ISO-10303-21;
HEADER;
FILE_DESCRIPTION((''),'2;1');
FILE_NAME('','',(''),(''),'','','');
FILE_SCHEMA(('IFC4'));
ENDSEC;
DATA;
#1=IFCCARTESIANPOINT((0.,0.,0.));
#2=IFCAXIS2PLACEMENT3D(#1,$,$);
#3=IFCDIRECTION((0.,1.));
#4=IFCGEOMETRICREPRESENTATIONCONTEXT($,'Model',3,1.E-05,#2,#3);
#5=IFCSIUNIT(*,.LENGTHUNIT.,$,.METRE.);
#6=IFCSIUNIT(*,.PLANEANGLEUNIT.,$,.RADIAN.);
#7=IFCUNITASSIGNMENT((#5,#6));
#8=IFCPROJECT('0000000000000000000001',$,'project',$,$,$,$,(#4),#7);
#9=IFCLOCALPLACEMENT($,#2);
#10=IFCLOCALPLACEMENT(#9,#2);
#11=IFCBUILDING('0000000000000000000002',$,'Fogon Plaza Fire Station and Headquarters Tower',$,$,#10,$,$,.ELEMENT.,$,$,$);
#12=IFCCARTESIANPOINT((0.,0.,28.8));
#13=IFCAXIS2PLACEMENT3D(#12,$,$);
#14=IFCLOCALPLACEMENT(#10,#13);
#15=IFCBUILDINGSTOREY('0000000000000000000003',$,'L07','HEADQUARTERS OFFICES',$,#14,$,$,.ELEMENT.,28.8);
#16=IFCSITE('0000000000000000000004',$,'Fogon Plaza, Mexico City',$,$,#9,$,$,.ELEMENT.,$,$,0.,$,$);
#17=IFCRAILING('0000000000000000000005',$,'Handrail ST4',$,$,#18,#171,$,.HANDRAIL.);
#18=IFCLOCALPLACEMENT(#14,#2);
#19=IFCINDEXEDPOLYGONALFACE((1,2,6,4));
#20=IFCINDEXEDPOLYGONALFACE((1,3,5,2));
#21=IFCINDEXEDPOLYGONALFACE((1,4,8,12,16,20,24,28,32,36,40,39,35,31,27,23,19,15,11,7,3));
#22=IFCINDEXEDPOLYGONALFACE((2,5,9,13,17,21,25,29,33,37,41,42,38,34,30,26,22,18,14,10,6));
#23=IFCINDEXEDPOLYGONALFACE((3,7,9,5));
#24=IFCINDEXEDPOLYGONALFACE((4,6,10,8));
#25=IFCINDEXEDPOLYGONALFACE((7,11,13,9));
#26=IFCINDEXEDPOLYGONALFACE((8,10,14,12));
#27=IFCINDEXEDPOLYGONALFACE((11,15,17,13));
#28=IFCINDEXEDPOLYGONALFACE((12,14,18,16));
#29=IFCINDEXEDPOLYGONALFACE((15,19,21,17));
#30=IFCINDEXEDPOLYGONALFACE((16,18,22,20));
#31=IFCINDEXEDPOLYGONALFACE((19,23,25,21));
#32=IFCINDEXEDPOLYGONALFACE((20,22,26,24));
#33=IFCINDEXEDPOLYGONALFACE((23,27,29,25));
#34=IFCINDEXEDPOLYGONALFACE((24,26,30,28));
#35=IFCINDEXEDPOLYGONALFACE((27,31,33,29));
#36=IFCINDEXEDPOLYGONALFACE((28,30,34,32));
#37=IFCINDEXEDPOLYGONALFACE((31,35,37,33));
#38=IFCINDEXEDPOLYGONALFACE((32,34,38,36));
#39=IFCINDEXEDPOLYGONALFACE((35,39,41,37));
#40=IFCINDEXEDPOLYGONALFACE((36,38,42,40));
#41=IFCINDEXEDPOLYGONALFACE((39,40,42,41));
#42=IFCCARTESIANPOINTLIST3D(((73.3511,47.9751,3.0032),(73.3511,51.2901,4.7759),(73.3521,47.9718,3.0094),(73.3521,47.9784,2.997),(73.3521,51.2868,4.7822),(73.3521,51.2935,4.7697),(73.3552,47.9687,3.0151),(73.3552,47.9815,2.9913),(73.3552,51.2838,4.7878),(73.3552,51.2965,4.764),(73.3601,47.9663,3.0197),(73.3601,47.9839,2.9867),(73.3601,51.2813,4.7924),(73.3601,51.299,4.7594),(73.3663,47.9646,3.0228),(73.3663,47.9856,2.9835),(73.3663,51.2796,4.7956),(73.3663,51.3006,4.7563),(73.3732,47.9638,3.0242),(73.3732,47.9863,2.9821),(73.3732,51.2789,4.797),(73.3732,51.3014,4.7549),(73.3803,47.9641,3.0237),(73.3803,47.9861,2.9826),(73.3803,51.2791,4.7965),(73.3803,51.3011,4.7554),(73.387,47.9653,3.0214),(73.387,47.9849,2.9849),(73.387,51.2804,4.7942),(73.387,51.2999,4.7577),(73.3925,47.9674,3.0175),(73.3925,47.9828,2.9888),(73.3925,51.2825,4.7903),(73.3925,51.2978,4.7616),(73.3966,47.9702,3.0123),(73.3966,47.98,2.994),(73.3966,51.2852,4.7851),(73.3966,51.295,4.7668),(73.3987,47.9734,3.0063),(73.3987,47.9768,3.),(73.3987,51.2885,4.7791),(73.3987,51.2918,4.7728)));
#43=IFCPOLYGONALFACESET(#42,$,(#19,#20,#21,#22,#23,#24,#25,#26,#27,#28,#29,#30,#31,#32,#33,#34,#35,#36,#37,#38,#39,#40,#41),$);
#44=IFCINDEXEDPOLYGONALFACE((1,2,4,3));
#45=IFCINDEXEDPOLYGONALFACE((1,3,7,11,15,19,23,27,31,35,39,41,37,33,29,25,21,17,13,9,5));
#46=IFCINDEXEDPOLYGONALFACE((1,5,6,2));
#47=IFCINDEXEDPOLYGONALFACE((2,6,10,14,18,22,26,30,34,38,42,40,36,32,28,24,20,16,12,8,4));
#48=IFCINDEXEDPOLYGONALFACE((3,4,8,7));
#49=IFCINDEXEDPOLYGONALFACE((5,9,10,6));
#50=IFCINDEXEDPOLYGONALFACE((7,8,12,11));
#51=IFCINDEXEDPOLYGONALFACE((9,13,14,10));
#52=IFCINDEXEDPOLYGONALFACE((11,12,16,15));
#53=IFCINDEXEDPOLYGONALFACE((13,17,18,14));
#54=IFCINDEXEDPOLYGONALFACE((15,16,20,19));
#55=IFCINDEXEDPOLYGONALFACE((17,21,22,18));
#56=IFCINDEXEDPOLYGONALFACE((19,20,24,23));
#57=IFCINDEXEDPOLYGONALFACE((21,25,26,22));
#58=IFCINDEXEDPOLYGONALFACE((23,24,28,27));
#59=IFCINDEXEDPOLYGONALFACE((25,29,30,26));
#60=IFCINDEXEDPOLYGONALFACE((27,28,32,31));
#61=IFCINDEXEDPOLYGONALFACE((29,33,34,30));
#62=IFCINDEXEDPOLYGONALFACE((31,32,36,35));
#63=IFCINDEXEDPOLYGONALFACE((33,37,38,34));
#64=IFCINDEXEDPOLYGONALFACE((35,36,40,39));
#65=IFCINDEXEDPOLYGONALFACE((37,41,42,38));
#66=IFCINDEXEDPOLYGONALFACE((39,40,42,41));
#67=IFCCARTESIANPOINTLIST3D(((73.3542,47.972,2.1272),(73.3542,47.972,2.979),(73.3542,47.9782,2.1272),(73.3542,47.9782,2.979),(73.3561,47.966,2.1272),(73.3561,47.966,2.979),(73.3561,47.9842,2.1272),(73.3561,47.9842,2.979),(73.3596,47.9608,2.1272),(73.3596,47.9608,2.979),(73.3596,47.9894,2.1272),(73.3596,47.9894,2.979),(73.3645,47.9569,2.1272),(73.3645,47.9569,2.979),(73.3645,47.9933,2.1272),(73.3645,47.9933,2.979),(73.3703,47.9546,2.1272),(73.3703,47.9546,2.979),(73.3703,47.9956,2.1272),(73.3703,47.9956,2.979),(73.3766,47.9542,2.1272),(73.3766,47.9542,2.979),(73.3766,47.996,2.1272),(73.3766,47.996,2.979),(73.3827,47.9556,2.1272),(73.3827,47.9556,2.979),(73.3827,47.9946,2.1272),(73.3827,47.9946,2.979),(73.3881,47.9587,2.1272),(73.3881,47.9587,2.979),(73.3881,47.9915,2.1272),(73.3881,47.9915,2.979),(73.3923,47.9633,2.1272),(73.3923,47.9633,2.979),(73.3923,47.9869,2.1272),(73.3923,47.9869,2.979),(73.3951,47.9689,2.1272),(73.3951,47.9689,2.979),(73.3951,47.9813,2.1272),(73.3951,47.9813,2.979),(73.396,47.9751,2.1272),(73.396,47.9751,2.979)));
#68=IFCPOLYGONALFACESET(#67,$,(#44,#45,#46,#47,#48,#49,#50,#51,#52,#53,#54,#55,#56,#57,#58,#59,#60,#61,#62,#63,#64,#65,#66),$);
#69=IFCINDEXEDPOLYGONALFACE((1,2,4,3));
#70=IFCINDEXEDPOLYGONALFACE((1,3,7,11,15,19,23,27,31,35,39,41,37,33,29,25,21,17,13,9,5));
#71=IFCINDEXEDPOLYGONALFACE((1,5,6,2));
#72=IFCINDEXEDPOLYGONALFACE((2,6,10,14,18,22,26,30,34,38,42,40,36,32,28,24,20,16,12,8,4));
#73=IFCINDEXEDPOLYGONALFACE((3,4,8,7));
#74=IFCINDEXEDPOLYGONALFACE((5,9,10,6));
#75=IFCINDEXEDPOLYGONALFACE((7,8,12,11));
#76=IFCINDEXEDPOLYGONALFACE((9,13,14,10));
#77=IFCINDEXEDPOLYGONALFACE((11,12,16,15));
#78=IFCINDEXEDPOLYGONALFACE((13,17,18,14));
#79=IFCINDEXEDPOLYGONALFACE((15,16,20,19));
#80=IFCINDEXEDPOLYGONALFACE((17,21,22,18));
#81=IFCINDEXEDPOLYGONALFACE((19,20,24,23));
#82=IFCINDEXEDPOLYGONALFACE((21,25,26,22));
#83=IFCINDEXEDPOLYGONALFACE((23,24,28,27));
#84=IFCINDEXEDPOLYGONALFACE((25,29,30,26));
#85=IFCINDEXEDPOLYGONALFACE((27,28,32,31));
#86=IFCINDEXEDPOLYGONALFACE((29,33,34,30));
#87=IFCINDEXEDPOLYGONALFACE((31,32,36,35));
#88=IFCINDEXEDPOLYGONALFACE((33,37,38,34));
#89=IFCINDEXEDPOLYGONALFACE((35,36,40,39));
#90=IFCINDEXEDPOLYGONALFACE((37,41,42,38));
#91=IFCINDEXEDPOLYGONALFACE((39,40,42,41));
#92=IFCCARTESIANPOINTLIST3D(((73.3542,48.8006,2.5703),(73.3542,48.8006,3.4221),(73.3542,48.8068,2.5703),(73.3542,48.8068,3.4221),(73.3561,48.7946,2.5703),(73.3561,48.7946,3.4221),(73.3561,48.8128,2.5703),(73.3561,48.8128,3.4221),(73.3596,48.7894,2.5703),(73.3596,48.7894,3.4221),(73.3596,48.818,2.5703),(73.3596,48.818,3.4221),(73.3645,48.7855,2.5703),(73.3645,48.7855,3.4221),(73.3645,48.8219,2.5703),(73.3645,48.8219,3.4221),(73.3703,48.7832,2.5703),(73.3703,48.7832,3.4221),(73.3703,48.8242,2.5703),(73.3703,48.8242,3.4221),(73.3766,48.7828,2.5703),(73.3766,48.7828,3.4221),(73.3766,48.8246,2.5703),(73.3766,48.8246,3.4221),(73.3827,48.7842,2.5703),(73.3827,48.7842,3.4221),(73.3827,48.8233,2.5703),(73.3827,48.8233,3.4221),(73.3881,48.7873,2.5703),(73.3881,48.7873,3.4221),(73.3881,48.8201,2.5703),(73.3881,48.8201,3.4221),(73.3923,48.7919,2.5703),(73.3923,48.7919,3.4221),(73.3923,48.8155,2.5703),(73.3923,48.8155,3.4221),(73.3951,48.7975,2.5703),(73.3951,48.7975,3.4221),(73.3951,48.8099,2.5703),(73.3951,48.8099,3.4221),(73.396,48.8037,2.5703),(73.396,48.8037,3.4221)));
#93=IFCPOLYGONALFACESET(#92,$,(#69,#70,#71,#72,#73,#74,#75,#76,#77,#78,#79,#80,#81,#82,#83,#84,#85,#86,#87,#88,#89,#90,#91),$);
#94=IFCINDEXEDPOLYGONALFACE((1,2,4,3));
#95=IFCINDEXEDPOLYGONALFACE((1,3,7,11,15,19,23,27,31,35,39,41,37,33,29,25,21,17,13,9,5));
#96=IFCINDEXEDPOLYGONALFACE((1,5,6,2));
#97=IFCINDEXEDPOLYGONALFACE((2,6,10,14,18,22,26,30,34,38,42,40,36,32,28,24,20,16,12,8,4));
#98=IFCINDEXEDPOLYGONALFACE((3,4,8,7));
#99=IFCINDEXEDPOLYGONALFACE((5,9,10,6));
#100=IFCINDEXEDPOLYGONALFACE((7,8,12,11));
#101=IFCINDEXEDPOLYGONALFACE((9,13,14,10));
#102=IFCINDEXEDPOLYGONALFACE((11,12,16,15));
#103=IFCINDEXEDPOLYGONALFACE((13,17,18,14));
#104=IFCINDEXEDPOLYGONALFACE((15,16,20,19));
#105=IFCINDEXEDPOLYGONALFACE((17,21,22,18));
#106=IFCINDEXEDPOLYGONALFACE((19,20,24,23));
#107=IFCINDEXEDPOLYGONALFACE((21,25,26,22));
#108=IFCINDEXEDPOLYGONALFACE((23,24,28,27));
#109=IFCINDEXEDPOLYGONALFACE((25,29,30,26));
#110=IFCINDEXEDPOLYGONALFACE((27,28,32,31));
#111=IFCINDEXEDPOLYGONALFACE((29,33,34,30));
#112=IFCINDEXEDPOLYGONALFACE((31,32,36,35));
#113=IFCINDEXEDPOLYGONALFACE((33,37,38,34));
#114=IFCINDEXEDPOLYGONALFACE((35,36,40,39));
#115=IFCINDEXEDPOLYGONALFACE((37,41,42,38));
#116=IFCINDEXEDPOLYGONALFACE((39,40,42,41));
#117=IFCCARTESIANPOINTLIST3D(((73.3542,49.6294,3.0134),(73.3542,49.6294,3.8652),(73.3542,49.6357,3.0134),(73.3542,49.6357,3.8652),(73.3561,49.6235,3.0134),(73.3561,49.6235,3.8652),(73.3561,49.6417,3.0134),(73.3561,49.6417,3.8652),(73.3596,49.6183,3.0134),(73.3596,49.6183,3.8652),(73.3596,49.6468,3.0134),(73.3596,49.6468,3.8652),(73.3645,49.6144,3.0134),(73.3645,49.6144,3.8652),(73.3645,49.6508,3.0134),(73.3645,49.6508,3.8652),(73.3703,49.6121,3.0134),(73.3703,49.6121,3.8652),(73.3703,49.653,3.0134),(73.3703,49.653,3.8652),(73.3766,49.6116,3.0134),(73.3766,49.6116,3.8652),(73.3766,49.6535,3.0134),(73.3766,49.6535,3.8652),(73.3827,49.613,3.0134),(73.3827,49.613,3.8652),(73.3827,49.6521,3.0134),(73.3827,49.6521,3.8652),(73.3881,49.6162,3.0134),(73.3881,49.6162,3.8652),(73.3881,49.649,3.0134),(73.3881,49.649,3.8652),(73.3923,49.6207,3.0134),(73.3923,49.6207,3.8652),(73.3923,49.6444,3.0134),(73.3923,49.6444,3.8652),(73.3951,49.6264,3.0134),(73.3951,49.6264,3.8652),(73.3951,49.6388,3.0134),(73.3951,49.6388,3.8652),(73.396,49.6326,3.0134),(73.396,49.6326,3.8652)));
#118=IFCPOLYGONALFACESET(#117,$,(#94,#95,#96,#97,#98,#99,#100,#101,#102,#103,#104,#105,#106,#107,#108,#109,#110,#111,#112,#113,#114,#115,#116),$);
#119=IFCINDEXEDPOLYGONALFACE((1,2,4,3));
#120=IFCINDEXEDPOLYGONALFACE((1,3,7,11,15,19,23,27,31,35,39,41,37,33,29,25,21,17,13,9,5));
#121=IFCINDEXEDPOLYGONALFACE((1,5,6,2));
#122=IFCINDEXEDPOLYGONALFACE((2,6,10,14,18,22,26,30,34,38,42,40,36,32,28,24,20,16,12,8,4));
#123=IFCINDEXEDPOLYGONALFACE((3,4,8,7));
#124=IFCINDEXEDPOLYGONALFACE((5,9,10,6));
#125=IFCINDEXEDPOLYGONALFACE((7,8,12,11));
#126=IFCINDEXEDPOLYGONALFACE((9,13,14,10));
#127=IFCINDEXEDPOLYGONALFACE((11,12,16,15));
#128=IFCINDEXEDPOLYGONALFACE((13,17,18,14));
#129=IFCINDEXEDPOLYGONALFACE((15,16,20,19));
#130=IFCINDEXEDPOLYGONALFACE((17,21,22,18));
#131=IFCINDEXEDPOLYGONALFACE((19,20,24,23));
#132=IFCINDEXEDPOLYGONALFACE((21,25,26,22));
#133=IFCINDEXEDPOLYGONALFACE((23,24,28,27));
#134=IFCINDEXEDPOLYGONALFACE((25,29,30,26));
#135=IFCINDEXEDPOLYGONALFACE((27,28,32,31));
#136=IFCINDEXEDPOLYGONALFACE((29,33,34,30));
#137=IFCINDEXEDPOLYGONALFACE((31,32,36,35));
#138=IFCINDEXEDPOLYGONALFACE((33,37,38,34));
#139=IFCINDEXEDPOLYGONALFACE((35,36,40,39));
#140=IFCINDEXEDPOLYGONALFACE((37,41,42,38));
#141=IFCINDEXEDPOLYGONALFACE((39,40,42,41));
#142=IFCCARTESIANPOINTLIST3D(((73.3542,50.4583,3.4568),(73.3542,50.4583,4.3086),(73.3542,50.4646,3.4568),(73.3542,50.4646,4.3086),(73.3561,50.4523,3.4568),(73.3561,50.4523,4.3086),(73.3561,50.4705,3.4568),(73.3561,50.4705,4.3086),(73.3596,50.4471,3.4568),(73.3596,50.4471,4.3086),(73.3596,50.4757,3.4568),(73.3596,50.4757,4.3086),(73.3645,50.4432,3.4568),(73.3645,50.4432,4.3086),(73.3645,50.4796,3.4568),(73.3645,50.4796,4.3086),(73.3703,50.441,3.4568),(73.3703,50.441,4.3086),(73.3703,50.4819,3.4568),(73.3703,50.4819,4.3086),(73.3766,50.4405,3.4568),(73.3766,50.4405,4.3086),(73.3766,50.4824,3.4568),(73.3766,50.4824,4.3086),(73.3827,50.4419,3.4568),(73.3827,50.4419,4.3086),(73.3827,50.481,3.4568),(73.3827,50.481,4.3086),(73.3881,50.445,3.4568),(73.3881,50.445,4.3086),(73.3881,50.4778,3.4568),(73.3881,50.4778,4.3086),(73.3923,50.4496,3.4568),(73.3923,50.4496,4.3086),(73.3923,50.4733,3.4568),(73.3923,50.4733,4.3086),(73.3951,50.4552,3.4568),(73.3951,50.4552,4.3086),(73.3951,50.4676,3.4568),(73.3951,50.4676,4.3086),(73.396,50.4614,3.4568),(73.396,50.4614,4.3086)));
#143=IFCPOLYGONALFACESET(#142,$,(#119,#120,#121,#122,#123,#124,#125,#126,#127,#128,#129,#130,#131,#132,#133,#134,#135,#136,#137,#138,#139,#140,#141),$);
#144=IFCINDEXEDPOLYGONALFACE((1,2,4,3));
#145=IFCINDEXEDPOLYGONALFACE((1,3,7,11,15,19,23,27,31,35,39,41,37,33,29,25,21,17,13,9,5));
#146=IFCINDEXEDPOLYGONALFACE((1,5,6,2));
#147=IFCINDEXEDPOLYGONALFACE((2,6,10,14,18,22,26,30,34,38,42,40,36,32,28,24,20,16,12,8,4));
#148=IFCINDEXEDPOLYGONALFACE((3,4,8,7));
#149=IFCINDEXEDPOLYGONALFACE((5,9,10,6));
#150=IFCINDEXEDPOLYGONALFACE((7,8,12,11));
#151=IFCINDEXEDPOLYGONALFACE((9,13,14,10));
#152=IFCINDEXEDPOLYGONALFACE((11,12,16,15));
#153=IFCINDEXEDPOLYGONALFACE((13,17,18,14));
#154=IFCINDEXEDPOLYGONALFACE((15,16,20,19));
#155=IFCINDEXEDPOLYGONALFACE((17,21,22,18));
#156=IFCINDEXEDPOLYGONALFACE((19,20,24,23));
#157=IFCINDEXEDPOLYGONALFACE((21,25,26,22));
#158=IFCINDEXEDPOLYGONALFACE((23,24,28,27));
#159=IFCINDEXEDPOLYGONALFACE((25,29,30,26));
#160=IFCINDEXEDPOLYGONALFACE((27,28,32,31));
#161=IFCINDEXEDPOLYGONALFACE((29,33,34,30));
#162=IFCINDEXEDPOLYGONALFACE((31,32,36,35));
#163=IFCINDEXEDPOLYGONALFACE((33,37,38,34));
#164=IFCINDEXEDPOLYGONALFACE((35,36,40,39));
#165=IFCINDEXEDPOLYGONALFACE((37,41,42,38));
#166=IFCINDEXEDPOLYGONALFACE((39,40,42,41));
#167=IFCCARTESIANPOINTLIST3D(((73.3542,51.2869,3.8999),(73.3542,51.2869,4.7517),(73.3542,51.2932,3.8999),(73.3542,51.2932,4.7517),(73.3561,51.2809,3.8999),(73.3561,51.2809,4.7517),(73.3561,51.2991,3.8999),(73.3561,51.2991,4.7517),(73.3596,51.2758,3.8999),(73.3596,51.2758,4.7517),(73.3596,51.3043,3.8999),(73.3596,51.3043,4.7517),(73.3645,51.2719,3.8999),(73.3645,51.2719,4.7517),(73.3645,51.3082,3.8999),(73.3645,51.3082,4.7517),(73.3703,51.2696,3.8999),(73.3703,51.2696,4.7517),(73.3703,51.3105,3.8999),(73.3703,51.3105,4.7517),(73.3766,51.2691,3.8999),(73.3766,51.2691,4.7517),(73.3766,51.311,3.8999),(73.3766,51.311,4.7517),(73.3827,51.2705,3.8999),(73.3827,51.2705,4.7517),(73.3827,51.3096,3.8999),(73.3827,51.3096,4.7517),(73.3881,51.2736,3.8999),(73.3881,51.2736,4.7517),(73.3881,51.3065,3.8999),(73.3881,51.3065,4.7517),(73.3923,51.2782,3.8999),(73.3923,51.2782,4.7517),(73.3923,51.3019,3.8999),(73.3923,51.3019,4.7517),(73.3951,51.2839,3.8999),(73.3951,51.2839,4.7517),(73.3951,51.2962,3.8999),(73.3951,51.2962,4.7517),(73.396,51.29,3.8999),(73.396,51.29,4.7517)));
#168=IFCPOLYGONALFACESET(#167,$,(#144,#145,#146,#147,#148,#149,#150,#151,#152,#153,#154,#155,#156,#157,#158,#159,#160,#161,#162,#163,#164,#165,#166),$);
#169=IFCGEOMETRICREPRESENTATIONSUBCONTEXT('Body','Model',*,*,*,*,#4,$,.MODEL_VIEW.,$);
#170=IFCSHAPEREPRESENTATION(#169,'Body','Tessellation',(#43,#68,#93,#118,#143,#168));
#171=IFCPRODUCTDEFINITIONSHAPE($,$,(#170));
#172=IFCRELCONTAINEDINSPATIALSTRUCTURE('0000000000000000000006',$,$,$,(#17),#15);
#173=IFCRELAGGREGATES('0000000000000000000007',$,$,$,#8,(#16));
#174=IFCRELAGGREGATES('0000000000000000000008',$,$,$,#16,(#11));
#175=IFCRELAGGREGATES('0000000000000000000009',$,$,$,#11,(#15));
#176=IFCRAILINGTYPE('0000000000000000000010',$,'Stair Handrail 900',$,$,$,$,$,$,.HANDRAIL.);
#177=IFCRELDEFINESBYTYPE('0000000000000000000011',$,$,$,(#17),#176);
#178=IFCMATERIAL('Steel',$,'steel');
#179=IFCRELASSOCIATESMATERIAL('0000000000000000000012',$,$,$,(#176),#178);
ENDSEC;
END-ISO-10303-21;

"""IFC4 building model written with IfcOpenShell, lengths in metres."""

from ifc_helpers import new_model, si_unit, direction, frame, origin, origin_2d, place, context, subcontext, project, spatial, circle, extrude, material, type_object, element, save


model = new_model("IFC4")

# Units and contexts
model_context = context("Model", 3, precision=1e-05, world=origin(), true_north=direction((0.0, 1.0)))
body_context = subcontext(model_context, "Body", "Model", "MODEL_VIEW")
ifc_project = project(units=[si_unit("LENGTHUNIT", "METRE"), si_unit("PLANEANGLEUNIT", "RADIAN")], contexts=[model_context])

# Site, building, storey
site_placement = place(None, origin())
site = spatial("IfcSite", under=ifc_project, at=site_placement, Name="Fogon Plaza, Mexico City", CompositionType="ELEMENT", RefElevation=0.0)
building_placement = place(site_placement, origin())
building = spatial("IfcBuilding", under=site, at=building_placement, Name="Fogon Plaza Fire Station and Headquarters Tower", CompositionType="ELEMENT")
storey_placement = place(building_placement, frame((0.0, 0.0, 28.8)))
storey = spatial("IfcBuildingStorey", under=building, at=storey_placement, Name="L07", Description="HEADQUARTERS OFFICES", CompositionType="ELEMENT", Elevation=28.8)

# Railing
ifc_material_1 = material(Name="Steel", Category="steel")
railing_type = type_object("IfcRailingType", Name="Stair Handrail 900", PredefinedType="HANDRAIL", material=ifc_material_1)
for number, where, name in (
    (1, (73.375, 47.9751, 2.1272), "Handrail ST4"),
):
    element("IfcRailing", number, at=place(storey_placement, frame(where)), inside=storey, type_object=railing_type, Name=name, PredefinedType="HANDRAIL", context=body_context, shape_type="SweptSolid", body=[
        extrude(circle(Radius=0.0239, at=origin_2d()), frame((0.0, 0.0, 0.876), z_axis=(0.0, 0.881829, 0.471569), x_axis=(-1.0, 0.0, 0.0)), (0.0, 0.0, 1.0), 3.7593),
        extrude(circle(Radius=0.021, at=origin_2d()), origin(), (0.0, 0.0, 1.0), 0.8518),
        extrude(circle(Radius=0.021, at=origin_2d()), frame((0.0, 0.8286, 0.4431)), (0.0, 0.0, 1.0), 0.8518),
        extrude(circle(Radius=0.021, at=origin_2d()), frame((0.0, 1.6575, 0.8862)), (0.0, 0.0, 1.0), 0.8518),
        extrude(circle(Radius=0.021, at=origin_2d()), frame((0.0, 2.4863, 1.3296)), (0.0, 0.0, 1.0), 0.8518),
        extrude(circle(Radius=0.021, at=origin_2d()), frame((0.0, 3.3149, 1.7727)), (0.0, 0.0, 1.0), 0.8518),
    ])

save(model, "model.ifc")
